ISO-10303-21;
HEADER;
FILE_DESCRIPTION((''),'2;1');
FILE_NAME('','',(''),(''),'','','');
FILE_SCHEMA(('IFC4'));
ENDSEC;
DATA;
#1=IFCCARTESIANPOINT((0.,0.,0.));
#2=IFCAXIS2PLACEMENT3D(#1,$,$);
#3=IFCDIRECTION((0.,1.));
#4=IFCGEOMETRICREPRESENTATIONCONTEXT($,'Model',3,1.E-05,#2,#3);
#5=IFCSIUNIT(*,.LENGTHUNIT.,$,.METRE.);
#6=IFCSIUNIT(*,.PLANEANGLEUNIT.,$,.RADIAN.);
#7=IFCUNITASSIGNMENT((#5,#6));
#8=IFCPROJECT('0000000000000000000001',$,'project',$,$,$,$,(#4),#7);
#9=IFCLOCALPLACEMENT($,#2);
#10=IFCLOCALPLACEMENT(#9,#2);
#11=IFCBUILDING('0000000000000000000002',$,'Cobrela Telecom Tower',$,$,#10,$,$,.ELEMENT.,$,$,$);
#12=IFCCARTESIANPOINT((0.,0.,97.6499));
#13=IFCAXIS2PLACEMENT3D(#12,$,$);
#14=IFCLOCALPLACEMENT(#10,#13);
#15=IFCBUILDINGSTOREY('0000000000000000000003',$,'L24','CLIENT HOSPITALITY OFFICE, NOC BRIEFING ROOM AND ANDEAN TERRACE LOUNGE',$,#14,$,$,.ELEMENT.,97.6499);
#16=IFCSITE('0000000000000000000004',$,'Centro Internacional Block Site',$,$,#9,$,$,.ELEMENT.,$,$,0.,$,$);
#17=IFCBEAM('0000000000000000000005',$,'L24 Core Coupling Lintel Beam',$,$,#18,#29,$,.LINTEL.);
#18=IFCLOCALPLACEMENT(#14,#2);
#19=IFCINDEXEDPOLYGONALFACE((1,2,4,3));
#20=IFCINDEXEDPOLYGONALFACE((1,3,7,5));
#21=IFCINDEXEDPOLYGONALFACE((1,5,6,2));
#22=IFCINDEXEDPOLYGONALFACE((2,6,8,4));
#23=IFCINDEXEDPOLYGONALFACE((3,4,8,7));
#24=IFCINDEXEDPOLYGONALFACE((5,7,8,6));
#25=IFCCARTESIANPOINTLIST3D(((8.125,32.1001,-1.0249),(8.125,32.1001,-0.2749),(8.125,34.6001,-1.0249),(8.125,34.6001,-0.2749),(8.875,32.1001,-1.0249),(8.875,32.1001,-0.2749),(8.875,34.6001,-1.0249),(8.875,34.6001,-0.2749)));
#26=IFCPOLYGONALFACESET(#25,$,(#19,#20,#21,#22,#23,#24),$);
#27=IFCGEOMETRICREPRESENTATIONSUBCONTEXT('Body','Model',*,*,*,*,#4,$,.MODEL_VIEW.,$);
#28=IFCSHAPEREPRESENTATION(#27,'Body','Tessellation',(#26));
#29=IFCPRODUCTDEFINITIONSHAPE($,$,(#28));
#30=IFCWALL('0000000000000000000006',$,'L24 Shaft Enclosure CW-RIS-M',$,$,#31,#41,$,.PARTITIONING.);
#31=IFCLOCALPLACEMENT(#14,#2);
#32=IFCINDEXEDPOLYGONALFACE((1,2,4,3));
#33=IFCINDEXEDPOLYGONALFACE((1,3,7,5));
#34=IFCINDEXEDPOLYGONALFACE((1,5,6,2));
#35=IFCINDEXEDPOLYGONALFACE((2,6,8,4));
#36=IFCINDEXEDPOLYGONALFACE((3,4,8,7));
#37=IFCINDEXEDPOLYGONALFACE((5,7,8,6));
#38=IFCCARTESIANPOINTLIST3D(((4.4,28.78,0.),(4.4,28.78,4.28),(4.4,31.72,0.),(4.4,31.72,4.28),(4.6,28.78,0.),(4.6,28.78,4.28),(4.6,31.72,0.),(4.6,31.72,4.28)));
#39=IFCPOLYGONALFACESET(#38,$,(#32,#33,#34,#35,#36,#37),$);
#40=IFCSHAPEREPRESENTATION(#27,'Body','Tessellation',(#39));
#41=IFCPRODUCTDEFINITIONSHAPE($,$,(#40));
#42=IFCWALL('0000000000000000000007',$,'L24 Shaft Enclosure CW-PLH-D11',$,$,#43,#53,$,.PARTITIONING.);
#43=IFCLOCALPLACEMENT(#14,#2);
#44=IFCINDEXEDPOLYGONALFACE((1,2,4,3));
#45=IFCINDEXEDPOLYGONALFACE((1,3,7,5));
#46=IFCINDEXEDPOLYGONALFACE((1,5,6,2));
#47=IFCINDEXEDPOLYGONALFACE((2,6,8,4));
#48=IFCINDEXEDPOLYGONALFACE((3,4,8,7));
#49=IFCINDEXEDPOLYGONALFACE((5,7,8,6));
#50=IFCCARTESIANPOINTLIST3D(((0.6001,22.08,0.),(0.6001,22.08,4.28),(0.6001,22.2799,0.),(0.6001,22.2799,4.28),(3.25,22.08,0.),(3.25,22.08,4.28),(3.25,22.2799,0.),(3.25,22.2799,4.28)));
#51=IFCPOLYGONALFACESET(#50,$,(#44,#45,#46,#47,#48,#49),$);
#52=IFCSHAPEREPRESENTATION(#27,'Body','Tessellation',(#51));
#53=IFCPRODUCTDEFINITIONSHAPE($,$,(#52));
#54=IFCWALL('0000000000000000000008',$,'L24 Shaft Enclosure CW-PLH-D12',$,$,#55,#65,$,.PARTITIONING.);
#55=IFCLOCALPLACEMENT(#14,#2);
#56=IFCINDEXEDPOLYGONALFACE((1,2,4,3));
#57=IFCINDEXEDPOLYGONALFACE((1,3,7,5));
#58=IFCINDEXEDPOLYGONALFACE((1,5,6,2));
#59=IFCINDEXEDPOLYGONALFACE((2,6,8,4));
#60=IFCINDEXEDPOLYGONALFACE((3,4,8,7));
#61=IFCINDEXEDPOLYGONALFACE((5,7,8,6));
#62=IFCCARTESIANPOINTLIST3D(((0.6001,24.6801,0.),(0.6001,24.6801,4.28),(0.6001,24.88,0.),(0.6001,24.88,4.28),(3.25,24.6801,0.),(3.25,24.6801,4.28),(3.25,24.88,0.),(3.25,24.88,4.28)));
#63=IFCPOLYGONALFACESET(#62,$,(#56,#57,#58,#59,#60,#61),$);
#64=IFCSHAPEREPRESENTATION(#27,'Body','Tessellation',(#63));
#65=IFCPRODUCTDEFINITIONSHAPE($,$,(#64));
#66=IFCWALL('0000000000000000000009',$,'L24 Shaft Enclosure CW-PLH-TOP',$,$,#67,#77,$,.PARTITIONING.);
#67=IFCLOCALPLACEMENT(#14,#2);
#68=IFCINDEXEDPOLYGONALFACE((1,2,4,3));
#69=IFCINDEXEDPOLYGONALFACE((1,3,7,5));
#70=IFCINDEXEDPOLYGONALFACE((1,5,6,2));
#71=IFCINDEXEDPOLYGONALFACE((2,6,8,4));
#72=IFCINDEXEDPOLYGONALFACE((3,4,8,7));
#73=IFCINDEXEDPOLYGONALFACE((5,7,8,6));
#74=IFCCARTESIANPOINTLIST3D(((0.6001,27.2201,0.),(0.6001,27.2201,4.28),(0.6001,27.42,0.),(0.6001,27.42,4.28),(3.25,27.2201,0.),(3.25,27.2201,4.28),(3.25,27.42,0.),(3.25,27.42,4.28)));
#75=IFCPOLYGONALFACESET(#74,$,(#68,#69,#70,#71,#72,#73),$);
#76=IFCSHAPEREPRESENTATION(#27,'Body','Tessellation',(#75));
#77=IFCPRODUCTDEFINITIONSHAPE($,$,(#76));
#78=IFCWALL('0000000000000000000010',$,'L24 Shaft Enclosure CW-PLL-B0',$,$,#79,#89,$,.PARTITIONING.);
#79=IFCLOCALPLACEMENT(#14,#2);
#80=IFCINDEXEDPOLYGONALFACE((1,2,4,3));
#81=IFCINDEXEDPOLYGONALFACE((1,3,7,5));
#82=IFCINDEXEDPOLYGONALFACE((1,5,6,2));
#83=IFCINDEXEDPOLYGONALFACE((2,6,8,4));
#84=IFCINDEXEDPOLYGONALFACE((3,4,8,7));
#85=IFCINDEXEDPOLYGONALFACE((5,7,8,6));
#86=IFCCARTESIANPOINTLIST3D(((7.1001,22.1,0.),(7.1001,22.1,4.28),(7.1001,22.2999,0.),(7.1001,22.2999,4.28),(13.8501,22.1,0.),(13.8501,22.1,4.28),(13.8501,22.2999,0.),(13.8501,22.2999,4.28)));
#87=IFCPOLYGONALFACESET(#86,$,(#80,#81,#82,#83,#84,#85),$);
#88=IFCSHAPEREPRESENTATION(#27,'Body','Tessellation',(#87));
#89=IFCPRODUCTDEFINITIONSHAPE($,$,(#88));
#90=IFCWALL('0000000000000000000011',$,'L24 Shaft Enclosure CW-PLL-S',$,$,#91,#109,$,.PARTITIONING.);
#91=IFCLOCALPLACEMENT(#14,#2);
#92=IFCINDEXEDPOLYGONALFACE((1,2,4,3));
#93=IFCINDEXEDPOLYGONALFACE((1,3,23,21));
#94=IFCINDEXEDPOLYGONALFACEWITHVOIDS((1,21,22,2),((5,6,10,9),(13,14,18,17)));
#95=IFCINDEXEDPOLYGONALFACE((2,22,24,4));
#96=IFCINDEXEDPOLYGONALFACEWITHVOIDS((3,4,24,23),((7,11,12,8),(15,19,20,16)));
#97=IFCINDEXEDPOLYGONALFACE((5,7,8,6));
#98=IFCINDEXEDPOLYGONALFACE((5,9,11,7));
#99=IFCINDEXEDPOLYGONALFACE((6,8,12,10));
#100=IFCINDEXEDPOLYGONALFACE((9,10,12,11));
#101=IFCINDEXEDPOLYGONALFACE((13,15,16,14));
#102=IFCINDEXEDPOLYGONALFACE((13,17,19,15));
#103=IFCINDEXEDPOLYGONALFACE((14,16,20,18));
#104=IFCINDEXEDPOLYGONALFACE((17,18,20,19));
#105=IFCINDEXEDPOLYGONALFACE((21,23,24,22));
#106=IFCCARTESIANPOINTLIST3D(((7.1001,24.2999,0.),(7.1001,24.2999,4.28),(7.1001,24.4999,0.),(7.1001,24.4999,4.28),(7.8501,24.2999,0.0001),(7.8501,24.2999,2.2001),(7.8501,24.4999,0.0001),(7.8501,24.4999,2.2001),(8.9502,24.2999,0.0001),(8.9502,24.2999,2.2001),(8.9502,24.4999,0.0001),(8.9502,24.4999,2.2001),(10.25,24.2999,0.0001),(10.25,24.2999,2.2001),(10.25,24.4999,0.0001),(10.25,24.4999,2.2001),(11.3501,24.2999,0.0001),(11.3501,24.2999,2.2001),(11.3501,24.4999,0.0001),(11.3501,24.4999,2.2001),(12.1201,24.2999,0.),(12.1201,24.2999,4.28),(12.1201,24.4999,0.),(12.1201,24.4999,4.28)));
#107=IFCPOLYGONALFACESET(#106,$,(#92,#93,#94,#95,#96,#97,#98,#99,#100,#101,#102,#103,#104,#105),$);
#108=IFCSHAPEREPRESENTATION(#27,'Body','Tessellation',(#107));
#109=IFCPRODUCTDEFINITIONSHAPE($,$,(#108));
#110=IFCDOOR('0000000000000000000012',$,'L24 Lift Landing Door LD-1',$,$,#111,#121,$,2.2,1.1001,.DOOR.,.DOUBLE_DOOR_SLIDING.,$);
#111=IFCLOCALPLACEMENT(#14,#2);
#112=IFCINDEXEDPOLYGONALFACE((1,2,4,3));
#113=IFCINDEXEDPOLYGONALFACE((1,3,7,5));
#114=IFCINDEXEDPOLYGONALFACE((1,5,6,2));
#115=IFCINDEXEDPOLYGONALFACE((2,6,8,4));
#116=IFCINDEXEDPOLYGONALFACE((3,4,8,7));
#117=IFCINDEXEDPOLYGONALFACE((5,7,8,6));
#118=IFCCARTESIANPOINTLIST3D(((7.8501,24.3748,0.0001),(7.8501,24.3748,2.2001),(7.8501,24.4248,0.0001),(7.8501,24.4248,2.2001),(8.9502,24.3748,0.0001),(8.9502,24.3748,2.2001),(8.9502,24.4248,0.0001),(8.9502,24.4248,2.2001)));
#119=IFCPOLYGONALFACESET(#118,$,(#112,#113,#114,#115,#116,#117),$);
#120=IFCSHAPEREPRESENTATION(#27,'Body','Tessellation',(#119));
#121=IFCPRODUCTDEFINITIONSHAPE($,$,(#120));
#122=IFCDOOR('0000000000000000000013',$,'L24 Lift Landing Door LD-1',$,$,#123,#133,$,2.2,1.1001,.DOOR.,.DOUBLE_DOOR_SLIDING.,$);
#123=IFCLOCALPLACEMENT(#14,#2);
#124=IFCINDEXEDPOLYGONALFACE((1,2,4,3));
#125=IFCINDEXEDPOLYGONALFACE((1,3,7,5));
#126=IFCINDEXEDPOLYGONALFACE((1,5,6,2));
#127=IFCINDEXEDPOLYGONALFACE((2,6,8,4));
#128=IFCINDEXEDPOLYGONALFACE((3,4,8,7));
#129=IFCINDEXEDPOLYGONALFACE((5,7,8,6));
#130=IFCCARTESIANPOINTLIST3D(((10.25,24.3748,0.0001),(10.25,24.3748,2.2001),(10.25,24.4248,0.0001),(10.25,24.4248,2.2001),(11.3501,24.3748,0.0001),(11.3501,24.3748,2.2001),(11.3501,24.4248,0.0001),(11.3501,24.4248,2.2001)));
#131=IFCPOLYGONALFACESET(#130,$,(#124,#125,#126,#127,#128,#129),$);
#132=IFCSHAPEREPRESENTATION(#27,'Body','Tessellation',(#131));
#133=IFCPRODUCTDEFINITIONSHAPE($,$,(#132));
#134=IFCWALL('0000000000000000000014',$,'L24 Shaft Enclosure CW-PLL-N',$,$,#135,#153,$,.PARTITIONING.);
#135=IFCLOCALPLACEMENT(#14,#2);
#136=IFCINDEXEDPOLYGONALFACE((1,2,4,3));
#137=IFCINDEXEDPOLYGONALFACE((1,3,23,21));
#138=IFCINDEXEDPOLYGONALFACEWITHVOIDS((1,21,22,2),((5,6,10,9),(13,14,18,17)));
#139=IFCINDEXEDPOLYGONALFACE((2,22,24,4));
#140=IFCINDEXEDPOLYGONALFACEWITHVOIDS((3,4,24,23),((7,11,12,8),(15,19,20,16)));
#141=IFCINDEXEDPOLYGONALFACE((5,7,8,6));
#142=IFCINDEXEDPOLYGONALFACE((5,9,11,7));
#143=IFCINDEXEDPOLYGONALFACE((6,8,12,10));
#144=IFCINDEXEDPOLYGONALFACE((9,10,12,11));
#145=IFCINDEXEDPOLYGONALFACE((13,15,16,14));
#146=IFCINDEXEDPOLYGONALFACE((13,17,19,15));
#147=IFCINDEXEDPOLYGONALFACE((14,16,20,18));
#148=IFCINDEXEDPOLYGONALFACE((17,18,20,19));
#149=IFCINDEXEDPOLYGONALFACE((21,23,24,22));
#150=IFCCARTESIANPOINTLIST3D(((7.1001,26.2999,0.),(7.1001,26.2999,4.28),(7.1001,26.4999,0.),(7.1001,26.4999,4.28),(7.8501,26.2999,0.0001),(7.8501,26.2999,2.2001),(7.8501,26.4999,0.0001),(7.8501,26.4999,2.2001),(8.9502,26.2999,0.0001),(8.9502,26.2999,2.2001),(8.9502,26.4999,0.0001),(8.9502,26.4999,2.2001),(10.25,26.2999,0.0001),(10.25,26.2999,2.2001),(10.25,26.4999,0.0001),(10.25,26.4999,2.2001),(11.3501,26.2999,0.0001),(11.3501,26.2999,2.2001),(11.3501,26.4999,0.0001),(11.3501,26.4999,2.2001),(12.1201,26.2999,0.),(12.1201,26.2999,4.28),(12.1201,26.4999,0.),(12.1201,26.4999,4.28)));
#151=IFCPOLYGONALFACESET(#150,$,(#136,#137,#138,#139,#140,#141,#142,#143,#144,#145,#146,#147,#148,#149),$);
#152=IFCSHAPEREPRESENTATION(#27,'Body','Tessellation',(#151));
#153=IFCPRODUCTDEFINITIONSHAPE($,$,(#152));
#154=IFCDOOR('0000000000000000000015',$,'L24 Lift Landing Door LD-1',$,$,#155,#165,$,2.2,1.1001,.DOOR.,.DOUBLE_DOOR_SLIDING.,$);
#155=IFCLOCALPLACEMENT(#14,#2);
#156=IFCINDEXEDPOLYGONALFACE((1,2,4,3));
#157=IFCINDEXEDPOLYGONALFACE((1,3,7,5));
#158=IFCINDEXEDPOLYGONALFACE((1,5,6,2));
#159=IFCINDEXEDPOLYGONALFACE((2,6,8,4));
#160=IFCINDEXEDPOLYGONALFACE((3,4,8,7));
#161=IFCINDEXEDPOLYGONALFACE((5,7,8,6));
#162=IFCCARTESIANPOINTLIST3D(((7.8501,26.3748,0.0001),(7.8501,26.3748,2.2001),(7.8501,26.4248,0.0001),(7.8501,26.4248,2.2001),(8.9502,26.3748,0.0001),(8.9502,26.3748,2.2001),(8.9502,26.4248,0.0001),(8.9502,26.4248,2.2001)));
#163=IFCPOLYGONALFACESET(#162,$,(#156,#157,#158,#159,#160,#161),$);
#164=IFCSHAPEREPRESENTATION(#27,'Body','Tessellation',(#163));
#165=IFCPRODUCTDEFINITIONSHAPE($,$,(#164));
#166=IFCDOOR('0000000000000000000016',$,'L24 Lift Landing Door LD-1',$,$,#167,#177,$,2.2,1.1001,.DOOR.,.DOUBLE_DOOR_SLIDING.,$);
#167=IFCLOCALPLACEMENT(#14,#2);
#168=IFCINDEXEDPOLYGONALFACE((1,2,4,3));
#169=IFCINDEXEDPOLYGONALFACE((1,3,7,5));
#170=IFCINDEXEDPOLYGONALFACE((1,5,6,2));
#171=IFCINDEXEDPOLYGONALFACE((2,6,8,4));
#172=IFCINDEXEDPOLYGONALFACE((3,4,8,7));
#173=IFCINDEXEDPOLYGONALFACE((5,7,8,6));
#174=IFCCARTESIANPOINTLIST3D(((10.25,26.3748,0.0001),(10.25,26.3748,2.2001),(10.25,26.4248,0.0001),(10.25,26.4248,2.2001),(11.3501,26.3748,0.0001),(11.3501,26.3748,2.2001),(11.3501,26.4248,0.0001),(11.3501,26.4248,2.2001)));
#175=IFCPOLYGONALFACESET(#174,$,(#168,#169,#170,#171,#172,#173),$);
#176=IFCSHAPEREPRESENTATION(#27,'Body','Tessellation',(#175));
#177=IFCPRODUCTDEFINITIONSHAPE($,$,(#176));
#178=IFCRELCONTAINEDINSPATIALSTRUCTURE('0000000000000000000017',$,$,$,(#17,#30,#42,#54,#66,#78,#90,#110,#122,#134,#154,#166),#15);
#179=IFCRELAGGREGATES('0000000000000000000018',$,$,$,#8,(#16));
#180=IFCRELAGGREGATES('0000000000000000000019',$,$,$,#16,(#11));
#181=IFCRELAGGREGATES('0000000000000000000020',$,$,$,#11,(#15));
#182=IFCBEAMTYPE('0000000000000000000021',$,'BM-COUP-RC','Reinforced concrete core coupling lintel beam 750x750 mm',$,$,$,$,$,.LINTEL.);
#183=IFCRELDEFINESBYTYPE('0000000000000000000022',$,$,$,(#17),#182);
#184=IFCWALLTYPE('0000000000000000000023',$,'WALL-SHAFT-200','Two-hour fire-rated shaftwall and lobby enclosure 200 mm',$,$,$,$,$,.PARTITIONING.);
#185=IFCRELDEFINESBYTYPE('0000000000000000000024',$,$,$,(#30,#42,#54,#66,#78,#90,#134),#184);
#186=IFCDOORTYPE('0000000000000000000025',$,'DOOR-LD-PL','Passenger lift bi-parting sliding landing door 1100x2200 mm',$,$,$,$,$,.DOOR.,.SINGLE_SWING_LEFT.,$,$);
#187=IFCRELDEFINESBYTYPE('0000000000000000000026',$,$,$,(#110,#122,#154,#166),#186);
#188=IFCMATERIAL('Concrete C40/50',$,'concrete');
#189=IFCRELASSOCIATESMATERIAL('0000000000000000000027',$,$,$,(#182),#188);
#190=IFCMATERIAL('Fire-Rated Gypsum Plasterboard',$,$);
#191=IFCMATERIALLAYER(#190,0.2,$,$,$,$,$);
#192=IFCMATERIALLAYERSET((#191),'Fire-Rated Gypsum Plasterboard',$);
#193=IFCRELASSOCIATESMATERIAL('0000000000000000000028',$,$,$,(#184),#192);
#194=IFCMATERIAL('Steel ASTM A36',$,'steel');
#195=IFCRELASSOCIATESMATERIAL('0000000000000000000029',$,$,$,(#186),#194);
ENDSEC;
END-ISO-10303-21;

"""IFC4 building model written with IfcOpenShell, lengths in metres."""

from ifc_helpers import new_model, si_unit, direction, frame, frame_2d, origin, origin_2d, place, context, subcontext, project, spatial, rectangle, extrude, material, layer, layer_set, material_profile, profile_set, type_object, element, fill, save


model = new_model("IFC4")

# Units and contexts
model_context = context("Model", 3, precision=1e-05, world=origin(), true_north=direction((0.0, 1.0)))
body_context = subcontext(model_context, "Body", "Model", "MODEL_VIEW")
ifc_project = project(units=[si_unit("LENGTHUNIT", "METRE"), si_unit("PLANEANGLEUNIT", "RADIAN")], contexts=[model_context])

# Site, building, storey
site_placement = place(None, origin())
site = spatial("IfcSite", under=ifc_project, at=site_placement, Name="Centro Internacional Block Site", CompositionType="ELEMENT", RefElevation=0.0)
building_placement = place(site_placement, origin())
building = spatial("IfcBuilding", under=site, at=building_placement, Name="Cobrela Telecom Tower", CompositionType="ELEMENT")
storey_placement = place(building_placement, frame((0.0, 0.0, 97.6499)))
storey = spatial("IfcBuildingStorey", under=building, at=storey_placement, Name="L24", Description="CLIENT HOSPITALITY OFFICE, NOC BRIEFING ROOM AND ANDEAN TERRACE LOUNGE", CompositionType="ELEMENT", Elevation=97.6499)

# Beam
ifc_material_1 = material(Name="Concrete C40/50", Category="concrete")
ifc_material_profile = material_profile(ifc_material_1, rectangle(XDim=0.75, YDim=0.75, at=origin_2d()), Name="RC 750x750")
ifc_profile_set = profile_set([ifc_material_profile], Name="Concrete C40/50")
beam_type = type_object("IfcBeamType", Name="BM-COUP-RC", Description="Reinforced concrete core coupling lintel beam 750x750 mm", PredefinedType="LINTEL", material=ifc_profile_set)
beam_placement = place(storey_placement, frame((8.5, 32.1001, -0.6499), z_axis=(0.0, 1.0, 0.0), x_axis=(-1.0, 0.0, 0.0)))
element("IfcBeam", 1, at=beam_placement, inside=storey, type_object=beam_type, Name="L24 Core Coupling Lintel Beam", PredefinedType="LINTEL", context=body_context, shape_type="SweptSolid", body=[
    extrude(rectangle(XDim=0.75, YDim=0.75, at=origin_2d()), origin(), (0.0, 0.0, 1.0), 2.5),
])

# Shared definitions
ifc_material_2 = material(Name="Fire-Rated Gypsum Plasterboard")
ifc_layer_1 = layer(ifc_material_2, 0.2)
ifc_layer_set_1 = layer_set([ifc_layer_1], Name="Fire-Rated Gypsum Plasterboard")
wall_type_1 = type_object("IfcWallType", Name="WALL-SHAFT-200", Description="Two-hour fire-rated shaftwall and lobby enclosure 200 mm", PredefinedType="PARTITIONING", material=ifc_layer_set_1)
ifc_material_3 = material(Name="Steel ASTM A36", Category="steel")

# Walls
wall_1_placement = place(storey_placement, frame((4.5, 28.78, 0.0), z_axis=(0.0, 0.0, 1.0), x_axis=(0.0, 1.0, 0.0)))
element("IfcWall", 2, at=wall_1_placement, inside=storey, type_object=wall_type_1, Name="L24 Shaft Enclosure CW-RIS-M", PredefinedType="PARTITIONING", context=body_context, shape_type="SweptSolid", body=[
    extrude(rectangle(XDim=2.9399, YDim=0.2, at=frame_2d((1.47, 0.0))), origin(), (0.0, 0.0, 1.0), 4.28),
])
for number, where, z_axis, x_axis, name in (
    (3, (0.6001, 22.1799, 0.0), (0.0, 0.0, 1.0), (1.0, 0.0, 0.0), "L24 Shaft Enclosure CW-PLH-D11"),
    (4, (0.6001, 24.78, 0.0), (0.0, 0.0, 1.0), (1.0, 0.0, 0.0), "L24 Shaft Enclosure CW-PLH-D12"),
    (5, (0.6001, 27.3201, 0.0), (0.0, 0.0, 1.0), (1.0, 0.0, 0.0), "L24 Shaft Enclosure CW-PLH-TOP"),
):
    element("IfcWall", number, at=place(storey_placement, frame(where, z_axis=z_axis, x_axis=x_axis)), inside=storey, type_object=wall_type_1, Name=name, PredefinedType="PARTITIONING", context=body_context, shape_type="SweptSolid", body=[
        extrude(rectangle(XDim=2.6499, YDim=0.2, at=frame_2d((1.325, 0.0))), origin(), (0.0, 0.0, 1.0), 4.28),
    ])
wall_2_placement = place(storey_placement, frame((7.1001, 22.2, 0.0), z_axis=(0.0, 0.0, 1.0), x_axis=(1.0, 0.0, 0.0)))
element("IfcWall", 6, at=wall_2_placement, inside=storey, type_object=wall_type_1, Name="L24 Shaft Enclosure CW-PLL-B0", PredefinedType="PARTITIONING", context=body_context, shape_type="SweptSolid", body=[
    extrude(rectangle(XDim=6.75, YDim=0.2, at=frame_2d((3.375, 0.0))), origin(), (0.0, 0.0, 1.0), 4.28),
])

# Walls, openings, doors
wall_3_placement = place(storey_placement, frame((7.1001, 24.3999, 0.0), z_axis=(0.0, 0.0, 1.0), x_axis=(1.0, 0.0, 0.0)))
wall_3 = element("IfcWall", 7, at=wall_3_placement, inside=storey, type_object=wall_type_1, Name="L24 Shaft Enclosure CW-PLL-S", PredefinedType="PARTITIONING", context=body_context, shape_type="SweptSolid", body=[
    extrude(rectangle(XDim=5.02, YDim=0.2, at=frame_2d((2.51, 0.0))), origin(), (0.0, 0.0, 1.0), 4.28),
])
opening_1_placement = place(wall_3_placement, frame((0.75, 0.0, 0.0)))
opening_1 = element("IfcOpeningElement", 8, at=opening_1_placement, cuts=wall_3, PredefinedType="OPENING", context=body_context, shape_type="SweptSolid", body=[
    extrude(rectangle(XDim=1.1001, YDim=2.2, at=frame_2d((0.55, 1.1001))), frame((0.0, 0.1118, 0.0), z_axis=(0.0, -1.0, 0.0), x_axis=(1.0, 0.0, 0.0)), (0.0, 0.0, 1.0), 0.2239),
])
opening_2_placement = place(wall_3_placement, frame((3.1499, 0.0, 0.0)))
opening_2 = element("IfcOpeningElement", 9, at=opening_2_placement, cuts=wall_3, PredefinedType="OPENING", context=body_context, shape_type="SweptSolid", body=[
    extrude(rectangle(XDim=1.1001, YDim=2.2, at=frame_2d((0.55, 1.1001))), frame((0.0, 0.1118, 0.0), z_axis=(0.0, -1.0, 0.0), x_axis=(1.0, 0.0, 0.0)), (0.0, 0.0, 1.0), 0.2239),
])
door_type_1 = type_object("IfcDoorType", Name="DOOR-LD-PL", Description="Passenger lift bi-parting sliding landing door 1100x2200 mm", OperationType="SINGLE_SWING_LEFT", PredefinedType="DOOR", material=ifc_material_3)
door_1_placement = place(opening_1_placement, origin())
door_1 = element("IfcDoor", 10, at=door_1_placement, inside=storey, type_object=door_type_1, Name="L24 Lift Landing Door LD-1", OperationType="DOUBLE_DOOR_SLIDING", OverallHeight=2.2, OverallWidth=1.1001, PredefinedType="DOOR", context=body_context, shape_type="SweptSolid", body=[
    extrude(rectangle(XDim=1.1001, YDim=2.2, at=frame_2d((0.55, 1.1001))), frame((0.0, 0.0249, 0.0), z_axis=(0.0, -1.0, 0.0), x_axis=(1.0, 0.0, 0.0)), (0.0, 0.0, 1.0), 0.05),
])
fill(opening_1, door_1)
door_2_placement = place(opening_2_placement, origin())
door_2 = element("IfcDoor", 11, at=door_2_placement, inside=storey, type_object=door_type_1, Name="L24 Lift Landing Door LD-1", OperationType="DOUBLE_DOOR_SLIDING", OverallHeight=2.2, OverallWidth=1.1001, PredefinedType="DOOR", context=body_context, shape_type="SweptSolid", body=[
    extrude(rectangle(XDim=1.1001, YDim=2.2, at=frame_2d((0.55, 1.1001))), frame((0.0, 0.0249, 0.0), z_axis=(0.0, -1.0, 0.0), x_axis=(1.0, 0.0, 0.0)), (0.0, 0.0, 1.0), 0.05),
])
fill(opening_2, door_2)
wall_4_placement = place(storey_placement, frame((7.1001, 26.3999, 0.0), z_axis=(0.0, 0.0, 1.0), x_axis=(1.0, 0.0, 0.0)))
wall_4 = element("IfcWall", 12, at=wall_4_placement, inside=storey, type_object=wall_type_1, Name="L24 Shaft Enclosure CW-PLL-N", PredefinedType="PARTITIONING", context=body_context, shape_type="SweptSolid", body=[
    extrude(rectangle(XDim=5.02, YDim=0.2, at=frame_2d((2.51, 0.0))), origin(), (0.0, 0.0, 1.0), 4.28),
])
opening_3_placement = place(wall_4_placement, frame((0.75, 0.0, 0.0)))
opening_3 = element("IfcOpeningElement", 13, at=opening_3_placement, cuts=wall_4, PredefinedType="OPENING", context=body_context, shape_type="SweptSolid", body=[
    extrude(rectangle(XDim=1.1001, YDim=2.2, at=frame_2d((0.55, 1.1001))), frame((0.0, 0.1118, 0.0), z_axis=(0.0, -1.0, 0.0), x_axis=(1.0, 0.0, 0.0)), (0.0, 0.0, 1.0), 0.2239),
])
opening_4_placement = place(wall_4_placement, frame((3.1499, 0.0, 0.0)))
opening_4 = element("IfcOpeningElement", 14, at=opening_4_placement, cuts=wall_4, PredefinedType="OPENING", context=body_context, shape_type="SweptSolid", body=[
    extrude(rectangle(XDim=1.1001, YDim=2.2, at=frame_2d((0.55, 1.1001))), frame((0.0, 0.1118, 0.0), z_axis=(0.0, -1.0, 0.0), x_axis=(1.0, 0.0, 0.0)), (0.0, 0.0, 1.0), 0.2239),
])
door_3_placement = place(opening_3_placement, origin())
door_3 = element("IfcDoor", 15, at=door_3_placement, inside=storey, type_object=door_type_1, Name="L24 Lift Landing Door LD-1", OperationType="DOUBLE_DOOR_SLIDING", OverallHeight=2.2, OverallWidth=1.1001, PredefinedType="DOOR", context=body_context, shape_type="SweptSolid", body=[
    extrude(rectangle(XDim=1.1001, YDim=2.2, at=frame_2d((0.55, 1.1001))), frame((0.0, 0.0249, 0.0), z_axis=(0.0, -1.0, 0.0), x_axis=(1.0, 0.0, 0.0)), (0.0, 0.0, 1.0), 0.05),
])
fill(opening_3, door_3)
door_4_placement = place(opening_4_placement, origin())
door_4 = element("IfcDoor", 16, at=door_4_placement, inside=storey, type_object=door_type_1, Name="L24 Lift Landing Door LD-1", OperationType="DOUBLE_DOOR_SLIDING", OverallHeight=2.2, OverallWidth=1.1001, PredefinedType="DOOR", context=body_context, shape_type="SweptSolid", body=[
    extrude(rectangle(XDim=1.1001, YDim=2.2, at=frame_2d((0.55, 1.1001))), frame((0.0, 0.0249, 0.0), z_axis=(0.0, -1.0, 0.0), x_axis=(1.0, 0.0, 0.0)), (0.0, 0.0, 1.0), 0.05),
])
fill(opening_4, door_4)

save(model, "model.ifc")
